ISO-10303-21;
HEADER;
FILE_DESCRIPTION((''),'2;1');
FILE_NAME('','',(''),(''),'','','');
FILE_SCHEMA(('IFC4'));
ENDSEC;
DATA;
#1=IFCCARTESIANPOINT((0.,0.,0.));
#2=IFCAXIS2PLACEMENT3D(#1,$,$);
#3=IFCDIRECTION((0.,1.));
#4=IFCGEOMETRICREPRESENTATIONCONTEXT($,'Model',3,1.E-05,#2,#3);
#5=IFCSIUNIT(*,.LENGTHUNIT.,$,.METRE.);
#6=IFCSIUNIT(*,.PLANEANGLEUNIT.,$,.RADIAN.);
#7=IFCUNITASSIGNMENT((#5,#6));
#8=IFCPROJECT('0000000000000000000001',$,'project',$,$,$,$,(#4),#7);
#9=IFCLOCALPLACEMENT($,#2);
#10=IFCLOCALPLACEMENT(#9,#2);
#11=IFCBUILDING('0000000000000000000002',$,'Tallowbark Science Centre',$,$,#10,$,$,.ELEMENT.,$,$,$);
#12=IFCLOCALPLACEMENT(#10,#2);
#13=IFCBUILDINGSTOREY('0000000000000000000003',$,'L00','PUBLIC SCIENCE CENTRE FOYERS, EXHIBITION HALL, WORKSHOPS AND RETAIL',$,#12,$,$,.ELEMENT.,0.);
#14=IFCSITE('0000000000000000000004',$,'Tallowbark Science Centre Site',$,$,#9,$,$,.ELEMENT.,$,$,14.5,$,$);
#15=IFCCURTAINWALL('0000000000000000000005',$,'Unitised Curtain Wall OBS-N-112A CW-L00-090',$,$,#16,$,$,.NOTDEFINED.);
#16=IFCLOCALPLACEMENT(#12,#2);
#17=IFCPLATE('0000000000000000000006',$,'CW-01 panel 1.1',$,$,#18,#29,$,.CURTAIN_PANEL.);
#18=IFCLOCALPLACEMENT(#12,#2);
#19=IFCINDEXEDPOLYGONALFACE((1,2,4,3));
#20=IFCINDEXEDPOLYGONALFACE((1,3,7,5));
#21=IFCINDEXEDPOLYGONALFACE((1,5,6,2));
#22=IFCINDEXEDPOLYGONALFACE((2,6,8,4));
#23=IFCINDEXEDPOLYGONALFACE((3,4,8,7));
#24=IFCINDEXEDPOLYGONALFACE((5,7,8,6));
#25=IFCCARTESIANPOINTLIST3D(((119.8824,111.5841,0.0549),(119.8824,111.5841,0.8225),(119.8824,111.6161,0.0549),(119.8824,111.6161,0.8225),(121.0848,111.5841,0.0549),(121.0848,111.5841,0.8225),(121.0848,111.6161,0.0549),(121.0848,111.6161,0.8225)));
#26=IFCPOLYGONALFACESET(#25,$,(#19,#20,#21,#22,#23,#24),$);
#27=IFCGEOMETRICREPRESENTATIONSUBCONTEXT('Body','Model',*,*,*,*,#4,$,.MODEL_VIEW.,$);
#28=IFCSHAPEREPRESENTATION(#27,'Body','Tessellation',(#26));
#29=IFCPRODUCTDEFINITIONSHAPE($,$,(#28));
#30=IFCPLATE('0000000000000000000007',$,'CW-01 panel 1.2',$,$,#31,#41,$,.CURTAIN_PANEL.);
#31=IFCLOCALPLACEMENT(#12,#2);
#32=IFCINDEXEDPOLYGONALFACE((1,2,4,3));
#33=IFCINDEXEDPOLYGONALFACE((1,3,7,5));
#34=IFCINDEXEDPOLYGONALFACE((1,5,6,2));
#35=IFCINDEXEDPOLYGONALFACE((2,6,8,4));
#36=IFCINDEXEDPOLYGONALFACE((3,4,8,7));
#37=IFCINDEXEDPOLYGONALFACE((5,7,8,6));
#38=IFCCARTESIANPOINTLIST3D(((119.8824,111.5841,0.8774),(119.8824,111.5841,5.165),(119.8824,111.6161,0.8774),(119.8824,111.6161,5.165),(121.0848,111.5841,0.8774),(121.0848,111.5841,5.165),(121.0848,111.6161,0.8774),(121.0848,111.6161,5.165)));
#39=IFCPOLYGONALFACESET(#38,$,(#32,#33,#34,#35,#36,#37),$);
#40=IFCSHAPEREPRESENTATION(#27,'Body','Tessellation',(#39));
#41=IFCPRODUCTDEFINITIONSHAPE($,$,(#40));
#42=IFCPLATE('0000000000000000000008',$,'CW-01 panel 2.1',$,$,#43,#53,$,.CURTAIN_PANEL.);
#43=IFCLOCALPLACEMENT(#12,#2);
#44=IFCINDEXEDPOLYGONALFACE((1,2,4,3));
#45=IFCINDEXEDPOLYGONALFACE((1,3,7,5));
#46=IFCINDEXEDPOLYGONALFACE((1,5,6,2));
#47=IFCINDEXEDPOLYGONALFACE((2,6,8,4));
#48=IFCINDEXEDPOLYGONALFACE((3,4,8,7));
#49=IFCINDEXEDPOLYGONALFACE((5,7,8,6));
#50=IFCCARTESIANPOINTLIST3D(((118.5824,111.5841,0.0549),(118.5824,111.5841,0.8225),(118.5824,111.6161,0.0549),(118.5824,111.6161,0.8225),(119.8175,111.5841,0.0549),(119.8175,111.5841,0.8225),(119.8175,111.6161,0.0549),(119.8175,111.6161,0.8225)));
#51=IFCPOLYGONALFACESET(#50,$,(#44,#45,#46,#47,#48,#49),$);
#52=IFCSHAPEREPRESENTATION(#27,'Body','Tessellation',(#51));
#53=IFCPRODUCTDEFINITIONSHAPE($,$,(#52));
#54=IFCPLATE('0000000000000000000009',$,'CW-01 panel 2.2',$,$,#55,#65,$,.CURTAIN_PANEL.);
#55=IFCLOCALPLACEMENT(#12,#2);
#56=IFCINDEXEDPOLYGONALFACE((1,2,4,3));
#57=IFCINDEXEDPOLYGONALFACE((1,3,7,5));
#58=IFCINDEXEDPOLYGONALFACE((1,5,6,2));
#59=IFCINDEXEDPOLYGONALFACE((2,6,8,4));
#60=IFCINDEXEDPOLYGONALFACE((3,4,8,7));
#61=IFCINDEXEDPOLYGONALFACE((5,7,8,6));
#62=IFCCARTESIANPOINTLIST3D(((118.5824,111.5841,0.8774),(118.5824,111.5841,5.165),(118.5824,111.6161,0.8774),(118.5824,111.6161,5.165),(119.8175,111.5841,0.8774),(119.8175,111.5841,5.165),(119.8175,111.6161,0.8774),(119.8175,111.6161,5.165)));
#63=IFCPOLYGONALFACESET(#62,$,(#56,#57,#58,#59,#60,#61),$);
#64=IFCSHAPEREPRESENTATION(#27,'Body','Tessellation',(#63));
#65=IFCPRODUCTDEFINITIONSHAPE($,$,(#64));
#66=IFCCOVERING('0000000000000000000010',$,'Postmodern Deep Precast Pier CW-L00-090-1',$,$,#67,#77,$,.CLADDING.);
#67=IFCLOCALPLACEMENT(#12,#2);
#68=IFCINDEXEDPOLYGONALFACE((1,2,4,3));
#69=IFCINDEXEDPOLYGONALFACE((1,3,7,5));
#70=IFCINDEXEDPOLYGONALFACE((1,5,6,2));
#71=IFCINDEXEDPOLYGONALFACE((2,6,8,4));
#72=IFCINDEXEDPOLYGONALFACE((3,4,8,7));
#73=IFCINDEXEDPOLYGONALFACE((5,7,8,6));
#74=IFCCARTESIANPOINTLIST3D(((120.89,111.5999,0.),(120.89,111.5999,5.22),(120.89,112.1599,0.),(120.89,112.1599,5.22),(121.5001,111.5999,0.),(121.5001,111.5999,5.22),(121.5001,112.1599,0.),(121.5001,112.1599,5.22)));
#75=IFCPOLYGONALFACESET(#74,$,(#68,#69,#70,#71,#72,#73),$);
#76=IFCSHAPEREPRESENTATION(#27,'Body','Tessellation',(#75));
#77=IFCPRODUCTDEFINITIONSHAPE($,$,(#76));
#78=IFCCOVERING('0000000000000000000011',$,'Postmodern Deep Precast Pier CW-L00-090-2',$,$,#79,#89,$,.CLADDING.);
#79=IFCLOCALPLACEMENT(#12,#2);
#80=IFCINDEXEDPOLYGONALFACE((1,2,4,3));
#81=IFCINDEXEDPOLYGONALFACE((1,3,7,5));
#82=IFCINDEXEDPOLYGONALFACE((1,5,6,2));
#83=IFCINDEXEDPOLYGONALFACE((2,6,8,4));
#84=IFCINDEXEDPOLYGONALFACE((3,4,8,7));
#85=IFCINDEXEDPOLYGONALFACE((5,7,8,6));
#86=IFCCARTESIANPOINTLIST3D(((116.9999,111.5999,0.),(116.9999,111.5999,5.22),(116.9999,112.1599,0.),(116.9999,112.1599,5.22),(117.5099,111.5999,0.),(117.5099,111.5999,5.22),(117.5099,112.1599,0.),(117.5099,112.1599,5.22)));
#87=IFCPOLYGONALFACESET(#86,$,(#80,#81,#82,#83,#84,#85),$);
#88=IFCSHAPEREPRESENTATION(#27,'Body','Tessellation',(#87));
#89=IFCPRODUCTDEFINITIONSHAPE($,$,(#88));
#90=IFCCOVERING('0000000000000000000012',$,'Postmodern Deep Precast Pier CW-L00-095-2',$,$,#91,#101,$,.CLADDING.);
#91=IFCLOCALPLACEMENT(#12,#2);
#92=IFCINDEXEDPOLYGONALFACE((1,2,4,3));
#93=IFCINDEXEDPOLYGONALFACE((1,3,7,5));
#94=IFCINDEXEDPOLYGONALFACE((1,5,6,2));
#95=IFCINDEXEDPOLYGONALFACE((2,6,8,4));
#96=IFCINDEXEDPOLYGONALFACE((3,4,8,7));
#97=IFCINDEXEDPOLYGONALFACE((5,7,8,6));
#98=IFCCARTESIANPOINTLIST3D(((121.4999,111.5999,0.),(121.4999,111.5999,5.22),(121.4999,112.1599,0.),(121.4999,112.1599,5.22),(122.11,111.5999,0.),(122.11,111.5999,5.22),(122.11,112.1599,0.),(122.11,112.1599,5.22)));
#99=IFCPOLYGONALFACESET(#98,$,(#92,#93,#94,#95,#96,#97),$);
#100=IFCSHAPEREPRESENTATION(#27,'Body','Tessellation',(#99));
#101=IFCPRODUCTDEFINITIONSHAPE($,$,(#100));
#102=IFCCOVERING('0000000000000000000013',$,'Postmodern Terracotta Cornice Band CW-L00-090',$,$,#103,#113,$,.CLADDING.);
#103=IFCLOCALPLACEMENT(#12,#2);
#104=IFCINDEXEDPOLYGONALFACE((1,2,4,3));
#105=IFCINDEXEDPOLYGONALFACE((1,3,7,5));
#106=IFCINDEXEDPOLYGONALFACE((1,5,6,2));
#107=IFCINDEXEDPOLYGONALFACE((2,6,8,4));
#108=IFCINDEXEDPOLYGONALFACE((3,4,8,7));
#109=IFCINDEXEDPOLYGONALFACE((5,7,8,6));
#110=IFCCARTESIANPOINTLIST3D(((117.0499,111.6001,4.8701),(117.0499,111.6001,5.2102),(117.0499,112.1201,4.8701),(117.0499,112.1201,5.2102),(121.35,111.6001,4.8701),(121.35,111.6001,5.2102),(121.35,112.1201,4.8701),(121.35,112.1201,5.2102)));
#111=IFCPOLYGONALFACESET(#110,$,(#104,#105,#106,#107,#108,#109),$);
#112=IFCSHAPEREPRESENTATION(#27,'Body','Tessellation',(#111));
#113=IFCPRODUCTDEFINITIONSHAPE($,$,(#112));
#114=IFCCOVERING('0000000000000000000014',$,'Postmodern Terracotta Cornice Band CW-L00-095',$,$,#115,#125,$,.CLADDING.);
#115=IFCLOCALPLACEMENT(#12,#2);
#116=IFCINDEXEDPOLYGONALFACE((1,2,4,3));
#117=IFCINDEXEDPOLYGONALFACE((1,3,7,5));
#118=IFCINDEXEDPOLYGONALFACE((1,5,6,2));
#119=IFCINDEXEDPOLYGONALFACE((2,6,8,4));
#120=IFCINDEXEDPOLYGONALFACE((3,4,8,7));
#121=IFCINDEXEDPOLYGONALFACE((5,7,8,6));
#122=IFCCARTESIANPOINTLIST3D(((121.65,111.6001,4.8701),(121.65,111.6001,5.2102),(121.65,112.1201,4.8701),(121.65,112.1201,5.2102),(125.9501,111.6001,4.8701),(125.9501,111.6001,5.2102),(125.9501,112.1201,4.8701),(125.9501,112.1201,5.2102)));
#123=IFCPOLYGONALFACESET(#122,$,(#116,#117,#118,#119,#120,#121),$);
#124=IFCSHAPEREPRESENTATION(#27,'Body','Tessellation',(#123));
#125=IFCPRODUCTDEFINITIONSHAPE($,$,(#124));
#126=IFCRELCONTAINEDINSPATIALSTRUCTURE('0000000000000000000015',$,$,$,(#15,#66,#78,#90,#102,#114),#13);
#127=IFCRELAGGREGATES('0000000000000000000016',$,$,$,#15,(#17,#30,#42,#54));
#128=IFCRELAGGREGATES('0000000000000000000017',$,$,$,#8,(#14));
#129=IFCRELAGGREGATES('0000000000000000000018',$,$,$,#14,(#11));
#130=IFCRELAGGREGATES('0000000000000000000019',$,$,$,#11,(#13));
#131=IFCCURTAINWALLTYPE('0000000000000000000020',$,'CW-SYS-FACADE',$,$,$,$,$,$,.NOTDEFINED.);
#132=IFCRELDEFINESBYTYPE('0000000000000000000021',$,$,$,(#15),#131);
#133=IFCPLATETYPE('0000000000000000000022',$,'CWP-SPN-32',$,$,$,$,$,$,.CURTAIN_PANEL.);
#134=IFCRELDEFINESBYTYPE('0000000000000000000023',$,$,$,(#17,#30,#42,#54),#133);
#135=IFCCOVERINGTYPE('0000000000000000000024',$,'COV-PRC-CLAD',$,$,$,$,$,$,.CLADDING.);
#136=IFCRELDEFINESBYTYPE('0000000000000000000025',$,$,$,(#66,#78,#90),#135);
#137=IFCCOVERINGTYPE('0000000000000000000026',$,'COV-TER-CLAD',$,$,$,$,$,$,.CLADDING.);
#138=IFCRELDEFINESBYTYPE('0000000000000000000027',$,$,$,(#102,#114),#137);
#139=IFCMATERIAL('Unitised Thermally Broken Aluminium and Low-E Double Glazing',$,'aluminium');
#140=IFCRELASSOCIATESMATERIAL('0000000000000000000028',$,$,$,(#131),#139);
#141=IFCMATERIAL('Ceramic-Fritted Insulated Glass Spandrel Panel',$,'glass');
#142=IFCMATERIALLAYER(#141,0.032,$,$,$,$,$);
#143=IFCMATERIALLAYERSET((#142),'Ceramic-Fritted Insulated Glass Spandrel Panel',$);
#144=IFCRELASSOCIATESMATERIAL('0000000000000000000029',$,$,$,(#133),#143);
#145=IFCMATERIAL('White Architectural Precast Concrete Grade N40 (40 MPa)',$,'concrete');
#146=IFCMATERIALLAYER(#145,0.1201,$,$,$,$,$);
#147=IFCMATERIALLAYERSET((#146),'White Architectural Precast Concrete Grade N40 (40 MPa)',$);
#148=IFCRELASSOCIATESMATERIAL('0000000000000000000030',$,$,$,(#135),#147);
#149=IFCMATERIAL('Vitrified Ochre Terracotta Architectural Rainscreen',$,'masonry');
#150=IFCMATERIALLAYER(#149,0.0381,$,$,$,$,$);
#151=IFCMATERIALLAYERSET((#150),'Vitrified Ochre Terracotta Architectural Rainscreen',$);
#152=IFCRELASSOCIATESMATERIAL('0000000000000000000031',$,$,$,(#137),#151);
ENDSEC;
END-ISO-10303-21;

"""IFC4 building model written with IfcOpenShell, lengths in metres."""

from ifc_helpers import new_model, si_unit, direction, frame, origin, origin_2d, place, context, subcontext, project, spatial, rectangle, extrude, material, layer, layer_set, type_object, element, aggregate, save


model = new_model("IFC4")

# Units and contexts
model_context = context("Model", 3, precision=1e-05, world=origin(), true_north=direction((0.0, 1.0)))
body_context = subcontext(model_context, "Body", "Model", "MODEL_VIEW")
ifc_project = project(units=[si_unit("LENGTHUNIT", "METRE"), si_unit("PLANEANGLEUNIT", "RADIAN")], contexts=[model_context])

# Site, building, storey
site_placement = place(None, origin())
site = spatial("IfcSite", under=ifc_project, at=site_placement, Name="Tallowbark Science Centre Site", CompositionType="ELEMENT", RefElevation=14.5)
building_placement = place(site_placement, origin())
building = spatial("IfcBuilding", under=site, at=building_placement, Name="Tallowbark Science Centre", CompositionType="ELEMENT")
storey_placement = place(building_placement, origin())
storey = spatial("IfcBuildingStorey", under=building, at=storey_placement, Name="L00", Description="PUBLIC SCIENCE CENTRE FOYERS, EXHIBITION HALL, WORKSHOPS AND RETAIL", CompositionType="ELEMENT", Elevation=0.0)

# Curtain wall
ifc_material_1 = material(Name="Unitised Thermally Broken Aluminium and Low-E Double Glazing", Category="aluminium")
curtain_wall_type = type_object("IfcCurtainWallType", Name="CW-SYS-FACADE", PredefinedType="NOTDEFINED", material=ifc_material_1)
curtain_wall_1_placement = place(storey_placement, origin())
curtain_wall_1 = element("IfcCurtainWall", 1, at=curtain_wall_1_placement, inside=storey, type_object=curtain_wall_type, Name="Unitised Curtain Wall OBS-N-112A CW-L00-090", PredefinedType="NOTDEFINED")

# Plates
ifc_material_2 = material(Name="Ceramic-Fritted Insulated Glass Spandrel Panel", Category="glass")
ifc_layer_1 = layer(ifc_material_2, 0.032)
ifc_layer_set_1 = layer_set([ifc_layer_1], Name="Ceramic-Fritted Insulated Glass Spandrel Panel")
plate_type_1 = type_object("IfcPlateType", Name="CWP-SPN-32", PredefinedType="CURTAIN_PANEL", material=ifc_layer_set_1)
plate_1_placement = place(storey_placement, frame((120.4836, 111.6001, 0.0549), z_axis=(0.0, 0.0, 1.0), x_axis=(-1.0, 0.0, 0.0)))
plate_1 = element("IfcPlate", 2, at=plate_1_placement, type_object=plate_type_1, Name="CW-01 panel 1.1", PredefinedType="CURTAIN_PANEL", context=body_context, shape_type="SweptSolid", body=[
    extrude(rectangle(XDim=1.2024, YDim=0.032, at=origin_2d()), origin(), (0.0, 0.0, 1.0), 0.7676),
])
plate_2_placement = place(storey_placement, frame((120.4836, 111.6001, 0.8774), z_axis=(0.0, 0.0, 1.0), x_axis=(-1.0, 0.0, 0.0)))
plate_2 = element("IfcPlate", 3, at=plate_2_placement, type_object=plate_type_1, Name="CW-01 panel 1.2", PredefinedType="CURTAIN_PANEL", context=body_context, shape_type="SweptSolid", body=[
    extrude(rectangle(XDim=1.2024, YDim=0.032, at=origin_2d()), origin(), (0.0, 0.0, 1.0), 4.2876),
])
plate_3_placement = place(storey_placement, frame((119.2, 111.6001, 0.0549), z_axis=(0.0, 0.0, 1.0), x_axis=(-1.0, 0.0, 0.0)))
plate_3 = element("IfcPlate", 4, at=plate_3_placement, type_object=plate_type_1, Name="CW-01 panel 2.1", PredefinedType="CURTAIN_PANEL", context=body_context, shape_type="SweptSolid", body=[
    extrude(rectangle(XDim=1.2351, YDim=0.032, at=origin_2d()), origin(), (0.0, 0.0, 1.0), 0.7676),
])
plate_4_placement = place(storey_placement, frame((119.2, 111.6001, 0.8774), z_axis=(0.0, 0.0, 1.0), x_axis=(-1.0, 0.0, 0.0)))
plate_4 = element("IfcPlate", 5, at=plate_4_placement, type_object=plate_type_1, Name="CW-01 panel 2.2", PredefinedType="CURTAIN_PANEL", context=body_context, shape_type="SweptSolid", body=[
    extrude(rectangle(XDim=1.2351, YDim=0.032, at=origin_2d()), origin(), (0.0, 0.0, 1.0), 4.2876),
])
aggregate(curtain_wall_1, [plate_1, plate_2, plate_3, plate_4])

# Coverings
ifc_material_3 = material(Name="White Architectural Precast Concrete Grade N40 (40 MPa)", Category="concrete")
ifc_layer_2 = layer(ifc_material_3, 0.1201)
ifc_layer_set_2 = layer_set([ifc_layer_2], Name="White Architectural Precast Concrete Grade N40 (40 MPa)")
covering_type_1 = type_object("IfcCoveringType", Name="COV-PRC-CLAD", PredefinedType="CLADDING", material=ifc_layer_set_2)
covering_1_placement = place(storey_placement, frame((121.1951, 111.8799, 0.0), z_axis=(0.0, 0.0, 1.0), x_axis=(-1.0, 0.0, 0.0)))
element("IfcCovering", 6, at=covering_1_placement, inside=storey, type_object=covering_type_1, Name="Postmodern Deep Precast Pier CW-L00-090-1", PredefinedType="CLADDING", context=body_context, shape_type="SweptSolid", body=[
    extrude(rectangle(XDim=0.6101, YDim=0.5601, at=origin_2d()), origin(), (0.0, 0.0, 1.0), 5.22),
])
covering_2_placement = place(storey_placement, frame((117.2549, 111.8799, 0.0), z_axis=(0.0, 0.0, 1.0), x_axis=(-1.0, 0.0, 0.0)))
element("IfcCovering", 7, at=covering_2_placement, inside=storey, type_object=covering_type_1, Name="Postmodern Deep Precast Pier CW-L00-090-2", PredefinedType="CLADDING", context=body_context, shape_type="SweptSolid", body=[
    extrude(rectangle(XDim=0.51, YDim=0.5601, at=origin_2d()), origin(), (0.0, 0.0, 1.0), 5.22),
])
covering_3_placement = place(storey_placement, frame((121.8049, 111.8799, 0.0), z_axis=(0.0, 0.0, 1.0), x_axis=(-1.0, 0.0, 0.0)))
element("IfcCovering", 8, at=covering_3_placement, inside=storey, type_object=covering_type_1, Name="Postmodern Deep Precast Pier CW-L00-095-2", PredefinedType="CLADDING", context=body_context, shape_type="SweptSolid", body=[
    extrude(rectangle(XDim=0.6101, YDim=0.5601, at=origin_2d()), origin(), (0.0, 0.0, 1.0), 5.22),
])
ifc_material_4 = material(Name="Vitrified Ochre Terracotta Architectural Rainscreen", Category="masonry")
ifc_layer_3 = layer(ifc_material_4, 0.0381)
ifc_layer_set_3 = layer_set([ifc_layer_3], Name="Vitrified Ochre Terracotta Architectural Rainscreen")
covering_type_2 = type_object("IfcCoveringType", Name="COV-TER-CLAD", PredefinedType="CLADDING", material=ifc_layer_set_3)
for number, where, z_axis, x_axis, name in (
    (9, (119.2, 111.8601, 4.8701), (0.0, 0.0, 1.0), (-1.0, 0.0, 0.0), "Postmodern Terracotta Cornice Band CW-L00-090"),
    (10, (123.8, 111.8601, 4.8701), (0.0, 0.0, 1.0), (-1.0, 0.0, 0.0), "Postmodern Terracotta Cornice Band CW-L00-095"),
):
    element("IfcCovering", number, at=place(storey_placement, frame(where, z_axis=z_axis, x_axis=x_axis)), inside=storey, type_object=covering_type_2, Name=name, PredefinedType="CLADDING", context=body_context, shape_type="SweptSolid", body=[
        extrude(rectangle(XDim=4.3, YDim=0.52, at=origin_2d()), origin(), (0.0, 0.0, 1.0), 0.3401),
    ])

save(model, "model.ifc")
